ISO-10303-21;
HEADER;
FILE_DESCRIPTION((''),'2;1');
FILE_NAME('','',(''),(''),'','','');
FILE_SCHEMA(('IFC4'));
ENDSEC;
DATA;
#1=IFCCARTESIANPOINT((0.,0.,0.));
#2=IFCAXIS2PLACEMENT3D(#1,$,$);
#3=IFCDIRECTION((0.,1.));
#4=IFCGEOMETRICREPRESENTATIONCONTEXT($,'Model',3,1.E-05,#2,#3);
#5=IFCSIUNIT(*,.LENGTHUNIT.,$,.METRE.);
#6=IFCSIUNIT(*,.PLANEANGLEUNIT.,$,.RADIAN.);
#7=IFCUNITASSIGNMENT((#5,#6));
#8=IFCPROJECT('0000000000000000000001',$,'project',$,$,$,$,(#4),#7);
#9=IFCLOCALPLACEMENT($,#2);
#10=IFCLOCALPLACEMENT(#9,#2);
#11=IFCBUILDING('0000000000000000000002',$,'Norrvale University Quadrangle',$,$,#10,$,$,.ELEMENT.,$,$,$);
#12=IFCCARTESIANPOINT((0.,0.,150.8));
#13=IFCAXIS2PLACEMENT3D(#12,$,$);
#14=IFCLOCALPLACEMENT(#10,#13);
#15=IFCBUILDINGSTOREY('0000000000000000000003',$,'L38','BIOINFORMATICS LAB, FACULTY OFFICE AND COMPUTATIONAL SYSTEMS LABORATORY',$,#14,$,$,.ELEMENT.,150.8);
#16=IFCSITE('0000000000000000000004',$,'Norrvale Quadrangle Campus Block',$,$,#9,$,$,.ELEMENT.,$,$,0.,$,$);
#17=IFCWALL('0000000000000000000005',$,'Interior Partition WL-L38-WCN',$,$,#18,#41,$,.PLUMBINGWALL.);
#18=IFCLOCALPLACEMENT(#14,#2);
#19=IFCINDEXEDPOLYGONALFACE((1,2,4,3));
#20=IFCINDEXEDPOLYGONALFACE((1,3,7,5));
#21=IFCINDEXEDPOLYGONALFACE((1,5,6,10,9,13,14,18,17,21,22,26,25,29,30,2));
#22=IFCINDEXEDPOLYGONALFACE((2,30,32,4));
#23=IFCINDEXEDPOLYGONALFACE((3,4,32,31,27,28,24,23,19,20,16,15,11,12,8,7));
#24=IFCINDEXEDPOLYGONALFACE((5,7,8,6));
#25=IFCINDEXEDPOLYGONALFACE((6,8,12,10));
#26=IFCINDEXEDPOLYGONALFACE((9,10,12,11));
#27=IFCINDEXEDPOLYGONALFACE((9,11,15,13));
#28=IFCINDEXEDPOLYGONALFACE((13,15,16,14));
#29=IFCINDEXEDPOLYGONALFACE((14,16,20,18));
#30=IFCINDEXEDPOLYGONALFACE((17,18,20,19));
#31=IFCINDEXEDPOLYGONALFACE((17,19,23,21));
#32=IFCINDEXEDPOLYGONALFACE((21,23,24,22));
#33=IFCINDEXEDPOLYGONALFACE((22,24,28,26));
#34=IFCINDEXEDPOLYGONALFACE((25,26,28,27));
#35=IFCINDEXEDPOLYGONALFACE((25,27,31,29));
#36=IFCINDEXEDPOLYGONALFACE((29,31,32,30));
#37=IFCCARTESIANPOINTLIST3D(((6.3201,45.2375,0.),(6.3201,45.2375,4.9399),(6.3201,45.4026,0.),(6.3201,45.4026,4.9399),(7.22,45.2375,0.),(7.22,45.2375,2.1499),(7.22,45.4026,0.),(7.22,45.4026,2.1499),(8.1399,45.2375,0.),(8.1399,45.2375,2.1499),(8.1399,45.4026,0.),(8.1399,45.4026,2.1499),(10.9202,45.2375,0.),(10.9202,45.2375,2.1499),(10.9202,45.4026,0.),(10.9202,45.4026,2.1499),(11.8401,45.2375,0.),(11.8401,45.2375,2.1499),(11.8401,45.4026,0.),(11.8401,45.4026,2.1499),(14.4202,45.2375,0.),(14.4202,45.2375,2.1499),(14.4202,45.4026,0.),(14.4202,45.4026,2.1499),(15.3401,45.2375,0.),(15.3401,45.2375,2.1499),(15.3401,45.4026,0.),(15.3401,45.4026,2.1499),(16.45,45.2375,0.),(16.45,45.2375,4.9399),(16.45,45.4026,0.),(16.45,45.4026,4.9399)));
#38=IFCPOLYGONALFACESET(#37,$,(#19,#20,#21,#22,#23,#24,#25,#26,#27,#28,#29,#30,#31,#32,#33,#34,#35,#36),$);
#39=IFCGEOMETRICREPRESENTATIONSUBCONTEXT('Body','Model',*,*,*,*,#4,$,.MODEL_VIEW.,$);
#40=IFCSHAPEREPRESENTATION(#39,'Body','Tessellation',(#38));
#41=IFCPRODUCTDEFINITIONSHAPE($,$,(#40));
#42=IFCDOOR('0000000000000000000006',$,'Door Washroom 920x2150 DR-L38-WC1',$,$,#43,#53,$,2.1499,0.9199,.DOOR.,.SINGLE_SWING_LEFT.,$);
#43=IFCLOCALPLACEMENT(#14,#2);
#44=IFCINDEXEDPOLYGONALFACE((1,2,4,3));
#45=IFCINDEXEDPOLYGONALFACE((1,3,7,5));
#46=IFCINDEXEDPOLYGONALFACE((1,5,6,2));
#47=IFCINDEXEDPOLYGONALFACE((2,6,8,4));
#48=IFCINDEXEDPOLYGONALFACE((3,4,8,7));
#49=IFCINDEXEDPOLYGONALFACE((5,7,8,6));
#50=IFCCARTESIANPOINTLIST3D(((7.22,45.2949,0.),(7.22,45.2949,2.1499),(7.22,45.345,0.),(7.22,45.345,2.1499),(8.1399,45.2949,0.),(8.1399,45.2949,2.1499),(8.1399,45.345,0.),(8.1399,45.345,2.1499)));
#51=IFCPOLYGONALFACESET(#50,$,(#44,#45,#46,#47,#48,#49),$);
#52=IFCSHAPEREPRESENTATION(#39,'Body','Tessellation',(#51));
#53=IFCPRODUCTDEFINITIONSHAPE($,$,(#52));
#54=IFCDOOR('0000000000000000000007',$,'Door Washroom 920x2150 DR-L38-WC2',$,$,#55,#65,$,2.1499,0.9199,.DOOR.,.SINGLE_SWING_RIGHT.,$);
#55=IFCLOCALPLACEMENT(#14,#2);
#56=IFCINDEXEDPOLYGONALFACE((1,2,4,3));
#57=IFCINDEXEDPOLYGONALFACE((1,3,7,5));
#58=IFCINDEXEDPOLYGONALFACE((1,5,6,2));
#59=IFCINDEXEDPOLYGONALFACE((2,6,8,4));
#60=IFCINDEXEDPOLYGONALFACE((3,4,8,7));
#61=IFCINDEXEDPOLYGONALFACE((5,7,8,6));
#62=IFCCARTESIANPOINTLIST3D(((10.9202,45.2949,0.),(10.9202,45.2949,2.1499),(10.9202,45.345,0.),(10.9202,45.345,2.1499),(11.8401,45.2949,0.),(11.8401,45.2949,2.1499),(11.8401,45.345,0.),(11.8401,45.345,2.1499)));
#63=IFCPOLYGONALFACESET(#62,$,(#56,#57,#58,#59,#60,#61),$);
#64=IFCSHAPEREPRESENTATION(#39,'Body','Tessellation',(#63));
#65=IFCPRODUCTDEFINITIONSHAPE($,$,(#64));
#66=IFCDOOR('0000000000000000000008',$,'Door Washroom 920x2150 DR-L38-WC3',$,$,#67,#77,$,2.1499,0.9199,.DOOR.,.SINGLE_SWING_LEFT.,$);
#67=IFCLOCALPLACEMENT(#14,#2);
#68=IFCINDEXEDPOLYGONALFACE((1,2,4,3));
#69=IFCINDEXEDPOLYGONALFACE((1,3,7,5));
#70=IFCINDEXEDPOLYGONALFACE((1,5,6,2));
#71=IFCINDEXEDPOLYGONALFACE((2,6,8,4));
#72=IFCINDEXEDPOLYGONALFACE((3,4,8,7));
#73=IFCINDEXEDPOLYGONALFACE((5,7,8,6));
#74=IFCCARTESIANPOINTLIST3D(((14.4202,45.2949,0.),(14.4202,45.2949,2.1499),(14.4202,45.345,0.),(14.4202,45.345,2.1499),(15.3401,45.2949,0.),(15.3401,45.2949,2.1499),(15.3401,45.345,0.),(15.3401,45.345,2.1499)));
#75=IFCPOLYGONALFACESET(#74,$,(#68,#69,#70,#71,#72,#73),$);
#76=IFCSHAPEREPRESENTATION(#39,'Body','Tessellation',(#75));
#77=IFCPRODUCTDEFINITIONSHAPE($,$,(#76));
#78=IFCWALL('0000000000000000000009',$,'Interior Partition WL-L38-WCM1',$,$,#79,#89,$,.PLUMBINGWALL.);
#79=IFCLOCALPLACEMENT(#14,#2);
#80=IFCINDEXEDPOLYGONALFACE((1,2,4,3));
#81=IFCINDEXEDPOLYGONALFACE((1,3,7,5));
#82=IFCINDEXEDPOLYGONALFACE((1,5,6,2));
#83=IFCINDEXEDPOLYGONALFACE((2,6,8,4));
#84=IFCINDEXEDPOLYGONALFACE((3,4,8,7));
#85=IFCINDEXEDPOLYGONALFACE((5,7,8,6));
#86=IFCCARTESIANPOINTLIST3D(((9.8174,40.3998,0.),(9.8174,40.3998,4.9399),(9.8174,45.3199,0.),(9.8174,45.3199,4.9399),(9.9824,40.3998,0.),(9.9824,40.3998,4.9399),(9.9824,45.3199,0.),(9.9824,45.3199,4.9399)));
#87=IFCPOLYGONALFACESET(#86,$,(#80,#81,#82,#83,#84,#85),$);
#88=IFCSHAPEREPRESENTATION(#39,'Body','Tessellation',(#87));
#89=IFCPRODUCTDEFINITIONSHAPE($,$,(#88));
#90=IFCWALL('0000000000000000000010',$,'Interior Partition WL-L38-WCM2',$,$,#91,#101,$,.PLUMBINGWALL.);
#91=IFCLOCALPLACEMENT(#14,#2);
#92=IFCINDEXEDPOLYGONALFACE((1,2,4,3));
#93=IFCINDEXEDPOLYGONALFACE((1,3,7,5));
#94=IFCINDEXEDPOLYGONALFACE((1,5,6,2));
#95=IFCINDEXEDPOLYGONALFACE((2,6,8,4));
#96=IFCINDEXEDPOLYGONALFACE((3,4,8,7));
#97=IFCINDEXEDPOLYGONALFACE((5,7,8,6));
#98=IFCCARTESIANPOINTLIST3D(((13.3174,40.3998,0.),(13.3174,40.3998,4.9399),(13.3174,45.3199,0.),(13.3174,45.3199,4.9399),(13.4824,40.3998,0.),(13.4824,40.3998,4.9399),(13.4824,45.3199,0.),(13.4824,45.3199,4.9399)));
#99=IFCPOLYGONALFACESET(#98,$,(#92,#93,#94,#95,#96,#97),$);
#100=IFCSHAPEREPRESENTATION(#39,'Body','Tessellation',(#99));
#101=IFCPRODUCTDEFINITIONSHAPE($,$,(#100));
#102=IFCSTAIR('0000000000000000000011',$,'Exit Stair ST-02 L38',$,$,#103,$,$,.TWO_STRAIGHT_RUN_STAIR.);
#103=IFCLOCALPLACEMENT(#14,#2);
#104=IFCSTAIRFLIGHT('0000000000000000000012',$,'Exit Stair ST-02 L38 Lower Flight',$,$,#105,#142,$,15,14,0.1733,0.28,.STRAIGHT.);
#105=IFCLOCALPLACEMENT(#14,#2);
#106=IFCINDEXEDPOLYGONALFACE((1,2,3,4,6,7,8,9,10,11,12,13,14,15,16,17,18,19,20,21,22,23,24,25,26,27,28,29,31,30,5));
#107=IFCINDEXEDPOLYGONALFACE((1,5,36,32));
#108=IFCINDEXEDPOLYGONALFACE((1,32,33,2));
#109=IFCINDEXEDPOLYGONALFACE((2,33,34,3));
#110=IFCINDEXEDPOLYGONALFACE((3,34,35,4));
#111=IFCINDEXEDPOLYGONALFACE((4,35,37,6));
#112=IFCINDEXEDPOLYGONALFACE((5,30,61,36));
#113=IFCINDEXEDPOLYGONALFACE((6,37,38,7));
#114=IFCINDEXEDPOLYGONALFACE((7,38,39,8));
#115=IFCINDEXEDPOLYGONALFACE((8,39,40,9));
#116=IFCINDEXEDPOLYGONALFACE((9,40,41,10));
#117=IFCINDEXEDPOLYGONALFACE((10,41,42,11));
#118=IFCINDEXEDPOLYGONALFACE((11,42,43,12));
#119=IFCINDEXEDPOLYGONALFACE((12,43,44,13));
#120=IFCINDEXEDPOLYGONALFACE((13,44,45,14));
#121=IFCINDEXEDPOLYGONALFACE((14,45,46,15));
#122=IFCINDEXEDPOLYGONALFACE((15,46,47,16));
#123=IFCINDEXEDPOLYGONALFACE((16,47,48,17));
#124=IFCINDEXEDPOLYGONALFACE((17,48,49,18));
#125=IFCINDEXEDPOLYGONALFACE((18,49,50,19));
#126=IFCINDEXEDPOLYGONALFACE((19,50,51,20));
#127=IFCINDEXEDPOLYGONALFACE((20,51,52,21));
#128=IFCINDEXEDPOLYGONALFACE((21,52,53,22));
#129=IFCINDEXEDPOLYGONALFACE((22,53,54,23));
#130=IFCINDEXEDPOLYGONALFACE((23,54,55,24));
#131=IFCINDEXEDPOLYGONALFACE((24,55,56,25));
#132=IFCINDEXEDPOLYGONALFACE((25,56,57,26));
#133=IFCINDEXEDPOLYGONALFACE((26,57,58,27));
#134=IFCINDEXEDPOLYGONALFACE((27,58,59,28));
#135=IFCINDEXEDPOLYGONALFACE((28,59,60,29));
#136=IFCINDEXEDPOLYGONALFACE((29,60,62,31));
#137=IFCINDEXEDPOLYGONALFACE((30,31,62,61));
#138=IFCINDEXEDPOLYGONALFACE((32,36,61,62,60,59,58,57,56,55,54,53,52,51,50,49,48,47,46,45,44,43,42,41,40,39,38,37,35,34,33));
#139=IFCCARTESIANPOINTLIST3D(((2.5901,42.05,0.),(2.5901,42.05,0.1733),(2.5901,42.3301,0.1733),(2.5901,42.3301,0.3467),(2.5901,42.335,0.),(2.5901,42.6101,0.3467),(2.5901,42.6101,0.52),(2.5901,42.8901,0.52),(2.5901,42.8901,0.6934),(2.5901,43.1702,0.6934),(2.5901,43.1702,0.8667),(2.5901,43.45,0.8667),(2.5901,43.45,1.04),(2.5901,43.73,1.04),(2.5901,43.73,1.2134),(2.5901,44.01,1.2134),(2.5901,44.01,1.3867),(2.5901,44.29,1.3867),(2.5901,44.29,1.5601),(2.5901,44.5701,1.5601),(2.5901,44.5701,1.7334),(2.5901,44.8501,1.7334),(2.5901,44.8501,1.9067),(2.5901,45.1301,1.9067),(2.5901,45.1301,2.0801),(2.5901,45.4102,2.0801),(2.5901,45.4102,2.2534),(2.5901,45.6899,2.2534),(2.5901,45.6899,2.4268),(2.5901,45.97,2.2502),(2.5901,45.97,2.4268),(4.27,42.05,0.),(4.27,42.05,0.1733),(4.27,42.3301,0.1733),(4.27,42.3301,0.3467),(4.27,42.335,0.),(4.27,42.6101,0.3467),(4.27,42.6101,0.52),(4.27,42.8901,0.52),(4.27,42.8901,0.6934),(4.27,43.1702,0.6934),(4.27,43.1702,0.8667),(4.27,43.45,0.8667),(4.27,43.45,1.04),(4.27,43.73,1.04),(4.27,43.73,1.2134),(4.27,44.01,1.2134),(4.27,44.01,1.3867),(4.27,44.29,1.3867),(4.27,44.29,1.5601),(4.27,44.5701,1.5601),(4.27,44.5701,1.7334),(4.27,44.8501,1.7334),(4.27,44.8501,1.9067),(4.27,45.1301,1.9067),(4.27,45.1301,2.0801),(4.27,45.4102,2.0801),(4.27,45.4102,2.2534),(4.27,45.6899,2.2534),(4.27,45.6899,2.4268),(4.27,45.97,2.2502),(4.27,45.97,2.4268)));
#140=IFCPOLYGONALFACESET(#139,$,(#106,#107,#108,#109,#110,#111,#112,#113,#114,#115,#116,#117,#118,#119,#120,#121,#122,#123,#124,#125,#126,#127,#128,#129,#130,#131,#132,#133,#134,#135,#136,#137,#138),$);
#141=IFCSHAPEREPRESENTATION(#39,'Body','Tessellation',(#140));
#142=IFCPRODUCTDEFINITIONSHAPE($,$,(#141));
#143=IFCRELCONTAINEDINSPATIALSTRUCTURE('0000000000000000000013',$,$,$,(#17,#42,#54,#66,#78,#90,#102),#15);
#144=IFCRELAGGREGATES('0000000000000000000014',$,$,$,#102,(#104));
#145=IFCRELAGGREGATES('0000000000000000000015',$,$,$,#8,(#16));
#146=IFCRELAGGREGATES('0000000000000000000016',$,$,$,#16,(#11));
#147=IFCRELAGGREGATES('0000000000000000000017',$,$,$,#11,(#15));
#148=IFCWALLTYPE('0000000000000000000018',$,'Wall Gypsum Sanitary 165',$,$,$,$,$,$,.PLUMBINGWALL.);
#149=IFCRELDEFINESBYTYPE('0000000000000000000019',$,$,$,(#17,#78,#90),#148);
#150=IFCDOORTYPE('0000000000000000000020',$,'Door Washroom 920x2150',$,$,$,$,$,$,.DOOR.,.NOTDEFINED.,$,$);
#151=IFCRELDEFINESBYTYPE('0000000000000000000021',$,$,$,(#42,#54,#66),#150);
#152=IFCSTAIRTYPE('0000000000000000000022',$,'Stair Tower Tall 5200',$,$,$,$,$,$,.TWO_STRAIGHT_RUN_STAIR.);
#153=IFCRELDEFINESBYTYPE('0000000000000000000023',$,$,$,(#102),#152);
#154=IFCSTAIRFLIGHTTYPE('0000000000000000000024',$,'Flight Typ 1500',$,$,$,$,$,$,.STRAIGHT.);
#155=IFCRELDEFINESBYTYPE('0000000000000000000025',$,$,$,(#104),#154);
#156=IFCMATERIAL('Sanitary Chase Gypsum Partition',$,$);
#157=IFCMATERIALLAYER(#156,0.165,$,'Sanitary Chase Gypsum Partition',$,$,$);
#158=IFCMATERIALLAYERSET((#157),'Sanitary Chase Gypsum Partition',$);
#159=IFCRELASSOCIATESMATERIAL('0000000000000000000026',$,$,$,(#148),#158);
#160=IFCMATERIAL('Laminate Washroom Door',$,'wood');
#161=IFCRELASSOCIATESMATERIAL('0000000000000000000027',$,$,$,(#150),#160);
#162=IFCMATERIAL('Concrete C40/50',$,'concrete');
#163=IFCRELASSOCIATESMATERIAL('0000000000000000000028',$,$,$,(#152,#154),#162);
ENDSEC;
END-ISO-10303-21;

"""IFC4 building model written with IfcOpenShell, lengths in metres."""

from ifc_helpers import new_model, si_unit, direction, frame, frame_2d, origin, place, context, subcontext, project, spatial, polyline, rectangle, outline, extrude, material, layer, layer_set, type_object, element, fill, aggregate, save


model = new_model("IFC4")

# Units and contexts
model_context = context("Model", 3, precision=1e-05, world=origin(), true_north=direction((0.0, 1.0)))
body_context = subcontext(model_context, "Body", "Model", "MODEL_VIEW")
ifc_project = project(units=[si_unit("LENGTHUNIT", "METRE"), si_unit("PLANEANGLEUNIT", "RADIAN")], contexts=[model_context])

# Site, building, storey
site_placement = place(None, origin())
site = spatial("IfcSite", under=ifc_project, at=site_placement, Name="Norrvale Quadrangle Campus Block", CompositionType="ELEMENT", RefElevation=0.0)
building_placement = place(site_placement, origin())
building = spatial("IfcBuilding", under=site, at=building_placement, Name="Norrvale University Quadrangle", CompositionType="ELEMENT")
storey_placement = place(building_placement, frame((0.0, 0.0, 150.8)))
storey = spatial("IfcBuildingStorey", under=building, at=storey_placement, Name="L38", Description="BIOINFORMATICS LAB, FACULTY OFFICE AND COMPUTATIONAL SYSTEMS LABORATORY", CompositionType="ELEMENT", Elevation=150.8)

# Wall, openings, doors
ifc_material_1 = material(Name="Sanitary Chase Gypsum Partition")
ifc_layer = layer(ifc_material_1, 0.165, Name="Sanitary Chase Gypsum Partition")
ifc_layer_set = layer_set([ifc_layer], Name="Sanitary Chase Gypsum Partition")
wall_type = type_object("IfcWallType", Name="Wall Gypsum Sanitary 165", PredefinedType="PLUMBINGWALL", material=ifc_layer_set)
wall_placement = place(storey_placement, frame((6.3201, 45.3201, 0.0), z_axis=(0.0, 0.0, 1.0), x_axis=(1.0, 0.0, 0.0)))
wall = element("IfcWall", 1, at=wall_placement, inside=storey, type_object=wall_type, Name="Interior Partition WL-L38-WCN", PredefinedType="PLUMBINGWALL", context=body_context, shape_type="SweptSolid", body=[
    extrude(rectangle(XDim=10.1299, YDim=0.165, at=frame_2d((5.0649, 0.0))), origin(), (0.0, 0.0, 1.0), 4.9399),
])
opening_1_placement = place(wall_placement, frame((0.8999, 0.0, 0.0)))
opening_1 = element("IfcOpeningElement", 2, at=opening_1_placement, cuts=wall, PredefinedType="OPENING", context=body_context, shape_type="SweptSolid", body=[
    extrude(rectangle(XDim=0.9199, YDim=2.1499, at=frame_2d((0.46, 1.075))), frame((0.0, 0.0945, 0.0), z_axis=(0.0, -1.0, 0.0), x_axis=(1.0, 0.0, 0.0)), (0.0, 0.0, 1.0), 0.189),
])
opening_2_placement = place(wall_placement, frame((4.6001, 0.0, 0.0)))
opening_2 = element("IfcOpeningElement", 3, at=opening_2_placement, cuts=wall, PredefinedType="OPENING", context=body_context, shape_type="SweptSolid", body=[
    extrude(rectangle(XDim=0.9199, YDim=2.1499, at=frame_2d((0.46, 1.075))), frame((0.0, 0.0945, 0.0), z_axis=(0.0, -1.0, 0.0), x_axis=(1.0, 0.0, 0.0)), (0.0, 0.0, 1.0), 0.189),
])
opening_3_placement = place(wall_placement, frame((8.1001, 0.0, 0.0)))
opening_3 = element("IfcOpeningElement", 4, at=opening_3_placement, cuts=wall, PredefinedType="OPENING", context=body_context, shape_type="SweptSolid", body=[
    extrude(rectangle(XDim=0.9199, YDim=2.1499, at=frame_2d((0.46, 1.075))), frame((0.0, 0.0945, 0.0), z_axis=(0.0, -1.0, 0.0), x_axis=(1.0, 0.0, 0.0)), (0.0, 0.0, 1.0), 0.189),
])
ifc_material_2 = material(Name="Laminate Washroom Door", Category="wood")
door_type = type_object("IfcDoorType", Name="Door Washroom 920x2150", OperationType="NOTDEFINED", PredefinedType="DOOR", material=ifc_material_2)
door_1_placement = place(opening_1_placement, origin())
door_1 = element("IfcDoor", 5, at=door_1_placement, inside=storey, type_object=door_type, Name="Door Washroom 920x2150 DR-L38-WC1", OperationType="SINGLE_SWING_LEFT", OverallHeight=2.1499, OverallWidth=0.9199, PredefinedType="DOOR", context=body_context, shape_type="SweptSolid", body=[
    extrude(rectangle(XDim=0.9199, YDim=2.1499, at=frame_2d((0.46, 1.075))), frame((0.0, 0.0249, 0.0), z_axis=(0.0, -1.0, 0.0), x_axis=(1.0, 0.0, 0.0)), (0.0, 0.0, 1.0), 0.05),
])
fill(opening_1, door_1)
door_2_placement = place(opening_2_placement, origin())
door_2 = element("IfcDoor", 6, at=door_2_placement, inside=storey, type_object=door_type, Name="Door Washroom 920x2150 DR-L38-WC2", OperationType="SINGLE_SWING_RIGHT", OverallHeight=2.1499, OverallWidth=0.9199, PredefinedType="DOOR", context=body_context, shape_type="SweptSolid", body=[
    extrude(rectangle(XDim=0.9199, YDim=2.1499, at=frame_2d((0.46, 1.075))), frame((0.0, 0.0249, 0.0), z_axis=(0.0, -1.0, 0.0), x_axis=(1.0, 0.0, 0.0)), (0.0, 0.0, 1.0), 0.05),
])
fill(opening_2, door_2)
door_3_placement = place(opening_3_placement, origin())
door_3 = element("IfcDoor", 7, at=door_3_placement, inside=storey, type_object=door_type, Name="Door Washroom 920x2150 DR-L38-WC3", OperationType="SINGLE_SWING_LEFT", OverallHeight=2.1499, OverallWidth=0.9199, PredefinedType="DOOR", context=body_context, shape_type="SweptSolid", body=[
    extrude(rectangle(XDim=0.9199, YDim=2.1499, at=frame_2d((0.46, 1.075))), frame((0.0, 0.0249, 0.0), z_axis=(0.0, -1.0, 0.0), x_axis=(1.0, 0.0, 0.0)), (0.0, 0.0, 1.0), 0.05),
])
fill(opening_3, door_3)

# Walls
for number, where, z_axis, x_axis, name in (
    (8, (9.8999, 40.3999, 0.0), (0.0, 0.0, 1.0), (0.0, 1.0, 0.0), "Interior Partition WL-L38-WCM1"),
    (9, (13.3999, 40.3999, 0.0), (0.0, 0.0, 1.0), (0.0, 1.0, 0.0), "Interior Partition WL-L38-WCM2"),
):
    element("IfcWall", number, at=place(storey_placement, frame(where, z_axis=z_axis, x_axis=x_axis)), inside=storey, type_object=wall_type, Name=name, PredefinedType="PLUMBINGWALL", context=body_context, shape_type="SweptSolid", body=[
        extrude(rectangle(XDim=4.9202, YDim=0.165, at=frame_2d((2.46, 0.0))), origin(), (0.0, 0.0, 1.0), 4.9399),
    ])

# Stair, stair flight
ifc_material_3 = material(Name="Concrete C40/50", Category="concrete")
stair_type = type_object("IfcStairType", Name="Stair Tower Tall 5200", PredefinedType="TWO_STRAIGHT_RUN_STAIR", material=ifc_material_3)
stair_placement = place(storey_placement, origin())
stair = element("IfcStair", 10, at=stair_placement, inside=storey, type_object=stair_type, Name="Exit Stair ST-02 L38", PredefinedType="TWO_STRAIGHT_RUN_STAIR")
stair_flight_type = type_object("IfcStairFlightType", Name="Flight Typ 1500", PredefinedType="STRAIGHT", material=ifc_material_3)
stair_flight_1_placement = place(storey_placement, frame((3.4299, 42.05, 0.0), z_axis=(0.0, 0.0, 1.0), x_axis=(0.0, 1.0, 0.0)))
stair_flight_1 = element("IfcStairFlight", 11, at=stair_flight_1_placement, type_object=stair_flight_type, Name="Exit Stair ST-02 L38 Lower Flight", NumberOfRisers=15, NumberOfTreads=14, PredefinedType="STRAIGHT", RiserHeight=0.1733, TreadLength=0.28, context=body_context, shape_type="SweptSolid", body=[
    extrude(outline(polyline([(0.0, 0.0), (0.0, 0.1733), (0.28, 0.1733), (0.28, 0.3467), (0.5601, 0.3467), (0.5601, 0.52), (0.8401, 0.52), (0.8401, 0.6934), (1.1201, 0.6934), (1.1201, 0.8667), (1.3999, 0.8667), (1.3999, 1.04), (1.6799, 1.04), (1.6799, 1.2134), (1.96, 1.2134), (1.96, 1.3867), (2.24, 1.3867), (2.24, 1.5601), (2.52, 1.5601), (2.52, 1.7334), (2.8, 1.7334), (2.8, 1.9067), (3.0801, 1.9067), (3.0801, 2.0801), (3.3601, 2.0801), (3.3601, 2.2534), (3.6399, 2.2534), (3.6399, 2.4268), (3.9199, 2.4268), (3.9199, 2.6001), (3.9199, 2.2502), (0.2849, 0.0), (0.0, 0.0)])), frame((0.0, 0.8398, 0.0), z_axis=(0.0, -1.0, 0.0), x_axis=(1.0, 0.0, 0.0)), (0.0, 0.0, 1.0), 1.6799),
])
aggregate(stair, [stair_flight_1])

save(model, "model.ifc")
